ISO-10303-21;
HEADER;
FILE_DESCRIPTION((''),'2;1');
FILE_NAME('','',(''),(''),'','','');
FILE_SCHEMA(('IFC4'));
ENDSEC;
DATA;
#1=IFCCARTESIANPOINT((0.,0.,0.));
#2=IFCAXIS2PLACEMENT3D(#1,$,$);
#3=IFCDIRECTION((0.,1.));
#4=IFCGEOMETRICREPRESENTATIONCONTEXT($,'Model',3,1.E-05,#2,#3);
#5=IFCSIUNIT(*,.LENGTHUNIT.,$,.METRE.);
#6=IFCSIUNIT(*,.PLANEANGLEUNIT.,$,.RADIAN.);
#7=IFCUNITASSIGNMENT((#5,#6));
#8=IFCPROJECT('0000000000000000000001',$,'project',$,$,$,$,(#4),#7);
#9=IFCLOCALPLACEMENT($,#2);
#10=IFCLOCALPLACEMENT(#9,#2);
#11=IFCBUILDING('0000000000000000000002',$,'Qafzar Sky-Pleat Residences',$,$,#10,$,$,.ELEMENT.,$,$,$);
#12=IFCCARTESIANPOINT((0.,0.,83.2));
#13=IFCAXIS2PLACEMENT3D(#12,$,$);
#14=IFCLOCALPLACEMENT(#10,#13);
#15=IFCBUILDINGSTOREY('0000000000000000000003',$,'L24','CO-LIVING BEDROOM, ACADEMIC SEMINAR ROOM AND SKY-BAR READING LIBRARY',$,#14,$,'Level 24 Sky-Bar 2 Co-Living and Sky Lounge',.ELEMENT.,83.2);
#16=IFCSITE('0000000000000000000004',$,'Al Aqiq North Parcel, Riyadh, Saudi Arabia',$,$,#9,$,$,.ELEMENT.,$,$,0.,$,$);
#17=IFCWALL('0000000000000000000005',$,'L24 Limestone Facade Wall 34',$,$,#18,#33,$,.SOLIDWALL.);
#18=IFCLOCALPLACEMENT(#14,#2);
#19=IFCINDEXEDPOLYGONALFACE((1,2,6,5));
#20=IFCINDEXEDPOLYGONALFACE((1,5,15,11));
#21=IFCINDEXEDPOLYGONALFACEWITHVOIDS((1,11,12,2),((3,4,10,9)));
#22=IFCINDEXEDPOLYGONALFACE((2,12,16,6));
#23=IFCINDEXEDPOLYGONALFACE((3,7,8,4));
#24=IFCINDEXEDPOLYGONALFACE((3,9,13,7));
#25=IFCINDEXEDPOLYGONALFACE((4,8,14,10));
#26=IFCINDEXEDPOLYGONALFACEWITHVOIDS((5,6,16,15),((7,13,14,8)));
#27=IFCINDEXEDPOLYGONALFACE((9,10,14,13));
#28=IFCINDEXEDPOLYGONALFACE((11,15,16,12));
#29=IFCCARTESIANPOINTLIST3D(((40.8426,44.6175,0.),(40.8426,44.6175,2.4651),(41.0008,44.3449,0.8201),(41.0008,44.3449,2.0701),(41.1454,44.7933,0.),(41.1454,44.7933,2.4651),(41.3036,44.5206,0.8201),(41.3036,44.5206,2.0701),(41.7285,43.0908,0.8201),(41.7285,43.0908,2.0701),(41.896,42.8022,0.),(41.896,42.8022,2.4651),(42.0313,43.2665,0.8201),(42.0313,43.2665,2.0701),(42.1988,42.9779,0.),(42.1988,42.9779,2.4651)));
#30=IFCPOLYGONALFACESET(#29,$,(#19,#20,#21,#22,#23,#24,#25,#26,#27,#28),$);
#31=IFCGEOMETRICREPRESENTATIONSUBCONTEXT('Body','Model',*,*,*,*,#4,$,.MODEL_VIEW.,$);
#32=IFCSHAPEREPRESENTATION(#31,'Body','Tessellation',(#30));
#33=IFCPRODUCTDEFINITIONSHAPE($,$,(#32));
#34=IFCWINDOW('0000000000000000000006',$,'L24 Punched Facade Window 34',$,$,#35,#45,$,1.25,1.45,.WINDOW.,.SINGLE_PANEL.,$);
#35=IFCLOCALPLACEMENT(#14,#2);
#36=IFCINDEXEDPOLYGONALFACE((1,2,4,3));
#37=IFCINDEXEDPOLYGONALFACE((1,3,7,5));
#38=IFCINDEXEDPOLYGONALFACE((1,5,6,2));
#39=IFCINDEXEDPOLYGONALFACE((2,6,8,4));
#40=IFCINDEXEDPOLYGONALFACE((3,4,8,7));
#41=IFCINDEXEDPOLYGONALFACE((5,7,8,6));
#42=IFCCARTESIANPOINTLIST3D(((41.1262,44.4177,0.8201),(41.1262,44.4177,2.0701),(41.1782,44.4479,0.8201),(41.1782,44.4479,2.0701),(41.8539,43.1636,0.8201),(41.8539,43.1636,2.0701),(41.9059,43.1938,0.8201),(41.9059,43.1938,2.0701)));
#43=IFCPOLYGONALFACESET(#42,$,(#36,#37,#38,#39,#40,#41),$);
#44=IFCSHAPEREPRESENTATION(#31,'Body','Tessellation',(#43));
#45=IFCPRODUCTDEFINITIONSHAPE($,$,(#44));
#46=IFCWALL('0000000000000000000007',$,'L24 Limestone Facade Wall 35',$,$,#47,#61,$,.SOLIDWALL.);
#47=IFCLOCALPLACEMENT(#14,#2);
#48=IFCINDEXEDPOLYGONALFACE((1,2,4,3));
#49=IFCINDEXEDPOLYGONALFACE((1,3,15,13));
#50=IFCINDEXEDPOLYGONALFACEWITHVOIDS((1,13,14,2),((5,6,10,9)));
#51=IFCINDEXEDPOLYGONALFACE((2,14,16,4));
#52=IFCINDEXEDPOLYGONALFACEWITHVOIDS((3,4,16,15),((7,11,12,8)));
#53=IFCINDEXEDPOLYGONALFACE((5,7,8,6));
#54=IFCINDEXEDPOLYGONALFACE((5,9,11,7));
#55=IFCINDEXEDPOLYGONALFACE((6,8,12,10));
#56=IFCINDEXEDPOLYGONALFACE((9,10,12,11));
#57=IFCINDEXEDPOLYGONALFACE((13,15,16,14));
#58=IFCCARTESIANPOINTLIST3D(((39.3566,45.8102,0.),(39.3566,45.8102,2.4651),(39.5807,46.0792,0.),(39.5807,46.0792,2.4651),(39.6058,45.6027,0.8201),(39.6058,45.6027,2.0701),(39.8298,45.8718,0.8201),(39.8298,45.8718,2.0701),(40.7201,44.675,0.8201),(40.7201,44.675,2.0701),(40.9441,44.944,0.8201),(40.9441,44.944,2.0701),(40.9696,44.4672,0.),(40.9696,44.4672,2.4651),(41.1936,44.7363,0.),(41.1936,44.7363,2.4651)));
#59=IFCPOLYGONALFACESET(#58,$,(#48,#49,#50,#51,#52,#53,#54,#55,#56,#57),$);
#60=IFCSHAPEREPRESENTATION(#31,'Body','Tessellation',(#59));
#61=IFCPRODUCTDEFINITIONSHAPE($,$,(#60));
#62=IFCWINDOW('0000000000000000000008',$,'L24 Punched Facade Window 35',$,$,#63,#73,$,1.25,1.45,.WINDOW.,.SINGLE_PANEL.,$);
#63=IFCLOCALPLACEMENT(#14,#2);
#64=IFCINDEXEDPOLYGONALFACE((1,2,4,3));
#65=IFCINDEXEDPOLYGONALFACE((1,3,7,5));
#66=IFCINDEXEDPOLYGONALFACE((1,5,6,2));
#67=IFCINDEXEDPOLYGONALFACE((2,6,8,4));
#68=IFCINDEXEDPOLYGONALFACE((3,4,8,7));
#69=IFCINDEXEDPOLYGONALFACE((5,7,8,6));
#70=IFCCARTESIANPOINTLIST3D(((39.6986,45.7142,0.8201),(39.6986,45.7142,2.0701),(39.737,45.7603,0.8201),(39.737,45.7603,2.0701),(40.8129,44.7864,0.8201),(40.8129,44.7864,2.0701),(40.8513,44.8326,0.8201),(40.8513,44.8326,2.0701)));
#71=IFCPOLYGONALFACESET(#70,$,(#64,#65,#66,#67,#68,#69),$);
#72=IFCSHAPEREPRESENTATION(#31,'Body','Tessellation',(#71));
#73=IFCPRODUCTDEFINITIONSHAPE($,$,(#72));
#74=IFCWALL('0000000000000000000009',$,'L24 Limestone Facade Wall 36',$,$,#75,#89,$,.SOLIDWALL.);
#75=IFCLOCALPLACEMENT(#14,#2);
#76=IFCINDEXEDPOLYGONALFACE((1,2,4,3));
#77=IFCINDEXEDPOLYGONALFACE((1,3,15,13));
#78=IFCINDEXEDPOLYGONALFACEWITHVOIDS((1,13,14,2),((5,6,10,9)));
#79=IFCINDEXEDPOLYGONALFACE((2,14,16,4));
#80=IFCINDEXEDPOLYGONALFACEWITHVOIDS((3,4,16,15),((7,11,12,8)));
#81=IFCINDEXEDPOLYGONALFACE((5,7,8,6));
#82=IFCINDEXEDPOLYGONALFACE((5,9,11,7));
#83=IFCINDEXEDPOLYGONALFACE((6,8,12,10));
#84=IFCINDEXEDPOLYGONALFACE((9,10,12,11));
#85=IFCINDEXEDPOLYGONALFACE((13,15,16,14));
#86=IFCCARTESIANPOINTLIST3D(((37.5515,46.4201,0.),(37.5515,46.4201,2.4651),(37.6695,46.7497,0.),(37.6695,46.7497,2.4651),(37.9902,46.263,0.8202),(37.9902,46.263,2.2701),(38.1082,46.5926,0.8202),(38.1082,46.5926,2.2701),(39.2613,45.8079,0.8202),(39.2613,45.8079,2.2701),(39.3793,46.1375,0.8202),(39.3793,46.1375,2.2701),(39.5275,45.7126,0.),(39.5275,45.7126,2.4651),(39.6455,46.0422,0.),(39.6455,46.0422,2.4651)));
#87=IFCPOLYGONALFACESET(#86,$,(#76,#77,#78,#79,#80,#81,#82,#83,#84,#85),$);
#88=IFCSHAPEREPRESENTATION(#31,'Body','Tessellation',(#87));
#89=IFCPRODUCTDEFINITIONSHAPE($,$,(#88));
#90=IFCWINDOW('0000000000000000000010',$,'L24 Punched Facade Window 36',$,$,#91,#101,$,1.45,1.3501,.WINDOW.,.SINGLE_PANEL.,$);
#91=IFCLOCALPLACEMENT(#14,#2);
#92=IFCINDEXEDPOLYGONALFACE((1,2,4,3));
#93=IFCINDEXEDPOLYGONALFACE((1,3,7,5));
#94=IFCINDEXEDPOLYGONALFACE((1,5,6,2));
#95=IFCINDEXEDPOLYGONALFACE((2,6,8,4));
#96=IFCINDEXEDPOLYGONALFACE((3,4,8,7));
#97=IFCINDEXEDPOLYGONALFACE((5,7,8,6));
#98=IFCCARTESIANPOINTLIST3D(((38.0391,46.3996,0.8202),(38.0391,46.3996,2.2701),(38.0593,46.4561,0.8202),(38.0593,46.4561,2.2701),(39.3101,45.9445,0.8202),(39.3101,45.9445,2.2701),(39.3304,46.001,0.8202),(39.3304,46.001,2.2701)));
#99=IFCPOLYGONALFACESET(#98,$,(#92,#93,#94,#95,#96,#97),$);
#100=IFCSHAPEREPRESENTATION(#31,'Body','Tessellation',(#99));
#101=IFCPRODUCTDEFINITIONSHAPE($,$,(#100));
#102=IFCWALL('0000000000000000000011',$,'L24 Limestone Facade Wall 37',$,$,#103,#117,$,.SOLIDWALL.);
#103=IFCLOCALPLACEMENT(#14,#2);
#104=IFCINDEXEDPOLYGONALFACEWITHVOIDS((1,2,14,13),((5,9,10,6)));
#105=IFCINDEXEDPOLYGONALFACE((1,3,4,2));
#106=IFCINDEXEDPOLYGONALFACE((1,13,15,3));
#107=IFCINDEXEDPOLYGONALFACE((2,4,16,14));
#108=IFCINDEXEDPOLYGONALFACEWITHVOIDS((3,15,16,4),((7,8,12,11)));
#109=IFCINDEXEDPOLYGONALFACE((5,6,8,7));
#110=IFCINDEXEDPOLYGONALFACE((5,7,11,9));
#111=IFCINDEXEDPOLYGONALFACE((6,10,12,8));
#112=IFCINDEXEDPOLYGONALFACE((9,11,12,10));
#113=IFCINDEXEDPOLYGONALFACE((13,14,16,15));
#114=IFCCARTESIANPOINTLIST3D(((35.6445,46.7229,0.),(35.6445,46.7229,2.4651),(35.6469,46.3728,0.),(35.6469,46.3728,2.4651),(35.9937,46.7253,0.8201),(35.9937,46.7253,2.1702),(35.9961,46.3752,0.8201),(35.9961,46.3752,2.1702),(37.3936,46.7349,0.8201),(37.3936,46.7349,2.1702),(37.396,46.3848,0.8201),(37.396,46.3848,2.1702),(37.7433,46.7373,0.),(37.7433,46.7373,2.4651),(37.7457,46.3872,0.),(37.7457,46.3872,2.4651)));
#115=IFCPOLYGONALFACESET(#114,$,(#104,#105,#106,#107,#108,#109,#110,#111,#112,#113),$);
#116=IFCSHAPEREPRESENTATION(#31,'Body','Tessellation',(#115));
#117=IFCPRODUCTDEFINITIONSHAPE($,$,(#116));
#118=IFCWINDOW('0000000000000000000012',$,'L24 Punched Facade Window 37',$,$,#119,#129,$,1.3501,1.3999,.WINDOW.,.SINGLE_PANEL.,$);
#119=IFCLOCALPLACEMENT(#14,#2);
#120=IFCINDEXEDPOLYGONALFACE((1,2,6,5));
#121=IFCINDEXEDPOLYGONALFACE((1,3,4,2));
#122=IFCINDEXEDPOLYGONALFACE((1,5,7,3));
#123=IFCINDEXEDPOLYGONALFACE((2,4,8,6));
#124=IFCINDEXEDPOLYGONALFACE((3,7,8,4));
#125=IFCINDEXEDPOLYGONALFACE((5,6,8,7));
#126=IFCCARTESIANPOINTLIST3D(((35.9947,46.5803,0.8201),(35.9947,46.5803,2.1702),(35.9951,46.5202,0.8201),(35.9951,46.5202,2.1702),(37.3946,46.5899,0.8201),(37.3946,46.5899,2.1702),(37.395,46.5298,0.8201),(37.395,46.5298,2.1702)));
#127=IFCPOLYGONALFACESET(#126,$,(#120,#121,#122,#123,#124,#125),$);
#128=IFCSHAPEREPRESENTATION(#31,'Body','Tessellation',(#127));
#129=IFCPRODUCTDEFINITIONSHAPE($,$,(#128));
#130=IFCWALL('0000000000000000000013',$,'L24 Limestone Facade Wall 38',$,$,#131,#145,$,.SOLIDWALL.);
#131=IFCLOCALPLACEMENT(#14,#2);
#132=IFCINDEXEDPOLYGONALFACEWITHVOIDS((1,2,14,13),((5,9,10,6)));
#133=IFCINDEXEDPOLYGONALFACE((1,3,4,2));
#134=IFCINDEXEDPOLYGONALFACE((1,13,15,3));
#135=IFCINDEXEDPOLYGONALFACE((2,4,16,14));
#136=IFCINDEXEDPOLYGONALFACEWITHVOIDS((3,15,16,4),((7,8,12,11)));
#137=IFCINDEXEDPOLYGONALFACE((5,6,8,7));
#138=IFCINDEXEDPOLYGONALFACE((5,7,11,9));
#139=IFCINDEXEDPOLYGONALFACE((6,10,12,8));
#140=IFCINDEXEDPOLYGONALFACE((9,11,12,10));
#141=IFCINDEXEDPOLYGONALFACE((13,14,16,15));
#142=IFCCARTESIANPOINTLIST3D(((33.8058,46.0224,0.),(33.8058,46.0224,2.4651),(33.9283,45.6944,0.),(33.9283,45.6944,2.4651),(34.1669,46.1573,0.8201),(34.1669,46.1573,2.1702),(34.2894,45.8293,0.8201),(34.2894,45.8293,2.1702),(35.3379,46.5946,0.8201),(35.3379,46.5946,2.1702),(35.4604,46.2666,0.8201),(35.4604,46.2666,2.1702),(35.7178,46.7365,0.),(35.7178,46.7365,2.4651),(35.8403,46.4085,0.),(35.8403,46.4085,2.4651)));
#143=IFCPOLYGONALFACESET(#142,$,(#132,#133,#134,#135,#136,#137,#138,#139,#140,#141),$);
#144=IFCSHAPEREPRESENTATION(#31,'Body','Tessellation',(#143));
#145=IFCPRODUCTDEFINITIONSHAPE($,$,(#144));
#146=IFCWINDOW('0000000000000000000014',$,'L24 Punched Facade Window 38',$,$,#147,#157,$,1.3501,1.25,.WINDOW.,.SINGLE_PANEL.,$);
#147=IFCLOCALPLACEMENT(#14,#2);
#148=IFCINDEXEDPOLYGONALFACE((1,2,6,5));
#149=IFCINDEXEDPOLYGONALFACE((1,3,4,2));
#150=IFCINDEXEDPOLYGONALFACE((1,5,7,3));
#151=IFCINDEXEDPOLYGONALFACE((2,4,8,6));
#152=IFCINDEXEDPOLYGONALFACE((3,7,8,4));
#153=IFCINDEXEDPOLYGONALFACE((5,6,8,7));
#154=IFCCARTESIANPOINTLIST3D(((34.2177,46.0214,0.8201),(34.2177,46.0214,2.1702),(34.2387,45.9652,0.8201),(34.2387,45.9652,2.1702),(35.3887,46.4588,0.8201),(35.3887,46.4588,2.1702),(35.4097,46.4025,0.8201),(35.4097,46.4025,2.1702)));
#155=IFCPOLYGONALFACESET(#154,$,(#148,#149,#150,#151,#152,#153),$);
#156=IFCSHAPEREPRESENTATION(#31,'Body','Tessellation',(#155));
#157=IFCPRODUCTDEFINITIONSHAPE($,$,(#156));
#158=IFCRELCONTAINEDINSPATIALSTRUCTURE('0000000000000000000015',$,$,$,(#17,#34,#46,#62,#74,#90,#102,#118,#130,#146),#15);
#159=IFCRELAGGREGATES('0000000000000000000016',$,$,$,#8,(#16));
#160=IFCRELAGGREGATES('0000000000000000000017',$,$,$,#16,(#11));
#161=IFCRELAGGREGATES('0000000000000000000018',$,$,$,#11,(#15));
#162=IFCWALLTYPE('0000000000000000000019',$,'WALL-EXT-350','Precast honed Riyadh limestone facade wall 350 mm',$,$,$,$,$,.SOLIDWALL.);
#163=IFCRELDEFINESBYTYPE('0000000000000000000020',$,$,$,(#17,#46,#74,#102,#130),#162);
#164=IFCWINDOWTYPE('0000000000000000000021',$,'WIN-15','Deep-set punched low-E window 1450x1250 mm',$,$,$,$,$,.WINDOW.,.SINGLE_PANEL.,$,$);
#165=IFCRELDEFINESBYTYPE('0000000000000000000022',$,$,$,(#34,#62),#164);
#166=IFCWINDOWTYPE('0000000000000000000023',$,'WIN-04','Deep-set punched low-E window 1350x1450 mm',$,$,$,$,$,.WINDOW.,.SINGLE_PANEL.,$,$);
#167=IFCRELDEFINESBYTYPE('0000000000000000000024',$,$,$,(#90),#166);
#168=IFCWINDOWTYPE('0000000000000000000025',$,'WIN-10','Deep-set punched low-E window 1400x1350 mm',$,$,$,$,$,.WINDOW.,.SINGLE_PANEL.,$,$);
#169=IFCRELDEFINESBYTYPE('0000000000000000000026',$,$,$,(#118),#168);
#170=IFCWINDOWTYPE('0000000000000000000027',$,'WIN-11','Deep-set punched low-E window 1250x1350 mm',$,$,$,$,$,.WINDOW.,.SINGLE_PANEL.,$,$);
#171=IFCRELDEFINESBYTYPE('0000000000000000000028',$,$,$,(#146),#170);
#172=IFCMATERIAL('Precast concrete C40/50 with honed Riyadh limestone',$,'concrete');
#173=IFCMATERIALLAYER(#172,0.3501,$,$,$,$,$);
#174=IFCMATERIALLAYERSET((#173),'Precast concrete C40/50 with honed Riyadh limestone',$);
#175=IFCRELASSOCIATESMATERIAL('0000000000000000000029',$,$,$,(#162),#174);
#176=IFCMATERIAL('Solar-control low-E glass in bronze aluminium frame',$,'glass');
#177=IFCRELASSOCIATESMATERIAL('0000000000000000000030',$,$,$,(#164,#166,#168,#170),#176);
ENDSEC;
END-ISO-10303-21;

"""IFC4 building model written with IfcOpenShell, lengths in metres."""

from ifc_helpers import new_model, si_unit, direction, frame, frame_2d, origin, place, context, subcontext, project, spatial, rectangle, extrude, source, transform, mapped, material, layer, layer_set, type_object, element, fill, save


model = new_model("IFC4")

# Units and contexts
model_context = context("Model", 3, precision=1e-05, world=origin(), true_north=direction((0.0, 1.0)))
body_context = subcontext(model_context, "Body", "Model", "MODEL_VIEW")
ifc_project = project(units=[si_unit("LENGTHUNIT", "METRE"), si_unit("PLANEANGLEUNIT", "RADIAN")], contexts=[model_context])

# Site, building, storey
site_placement = place(None, origin())
site = spatial("IfcSite", under=ifc_project, at=site_placement, Name="Al Aqiq North Parcel, Riyadh, Saudi Arabia", CompositionType="ELEMENT", RefElevation=0.0)
building_placement = place(site_placement, origin())
building = spatial("IfcBuilding", under=site, at=building_placement, Name="Qafzar Sky-Pleat Residences", CompositionType="ELEMENT")
storey_placement = place(building_placement, frame((0.0, 0.0, 83.2)))
storey = spatial("IfcBuildingStorey", under=building, at=storey_placement, Name="L24", Description="CO-LIVING BEDROOM, ACADEMIC SEMINAR ROOM AND SKY-BAR READING LIBRARY", LongName="Level 24 Sky-Bar 2 Co-Living and Sky Lounge", CompositionType="ELEMENT", Elevation=83.2)

# Walls, openings, windows
ifc_material_1 = material(Name="Precast concrete C40/50 with honed Riyadh limestone", Category="concrete")
ifc_layer_1 = layer(ifc_material_1, 0.3501)
ifc_layer_set_1 = layer_set([ifc_layer_1], Name="Precast concrete C40/50 with honed Riyadh limestone")
wall_type_1 = type_object("IfcWallType", Name="WALL-EXT-350", Description="Precast honed Riyadh limestone facade wall 350 mm", PredefinedType="SOLIDWALL", material=ifc_layer_set_1)
ifc_material_2 = material(Name="Solar-control low-E glass in bronze aluminium frame", Category="glass")
wall_1_placement = place(storey_placement, frame((42.0474, 42.8901, 0.0), z_axis=(0.0, 0.0, 1.0), x_axis=(-0.501903, 0.864924, 0.0)))
wall_1 = element("IfcWall", 1, at=wall_1_placement, inside=storey, type_object=wall_type_1, Name="L24 Limestone Facade Wall 34", PredefinedType="SOLIDWALL", context=body_context, shape_type="SweptSolid", body=[
    extrude(rectangle(XDim=2.0989, YDim=0.3501, at=frame_2d((1.0493, 0.0))), origin(), (0.0, 0.0, 1.0), 2.4651),
])
opening_1_placement = place(wall_1_placement, frame((0.3335, 0.0, 0.8201)))
opening_1 = element("IfcOpeningElement", 2, at=opening_1_placement, cuts=wall_1, PredefinedType="OPENING", context=body_context, shape_type="SweptSolid", body=[
    extrude(rectangle(XDim=1.45, YDim=1.25, at=frame_2d((0.7251, 0.625))), frame((0.0, 0.1851, 0.0), z_axis=(0.0, -1.0, 0.0), x_axis=(1.0, 0.0, 0.0)), (0.0, 0.0, 1.0), 0.3701),
])
window_type_1 = type_object("IfcWindowType", Name="WIN-15", Description="Deep-set punched low-E window 1450x1250 mm", PartitioningType="SINGLE_PANEL", PredefinedType="WINDOW", material=ifc_material_2)
shared_shape_1 = source(origin(), body_context, "Body", "SweptSolid", [
    extrude(rectangle(XDim=1.45, YDim=1.25, at=frame_2d((0.7251, 0.625))), frame((0.0, 0.03, 0.0), z_axis=(0.0, -1.0, 0.0), x_axis=(1.0, 0.0, 0.0)), (0.0, 0.0, 1.0), 0.0601),
])
window_1_placement = place(opening_1_placement, origin())
window_1 = element("IfcWindow", 3, at=window_1_placement, inside=storey, type_object=window_type_1, Name="L24 Punched Facade Window 34", OverallHeight=1.25, OverallWidth=1.45, PartitioningType="SINGLE_PANEL", PredefinedType="WINDOW", context=body_context, shape_type="MappedRepresentation", body=[
    mapped(shared_shape_1, transform((0.0, 0.0, 0.0), x_axis=(1.0, 0.0, 0.0), y_axis=(0.0, 1.0, 0.0), z_axis=(0.0, 0.0, 1.0), scale=1.0)),
])
fill(opening_1, window_1)
wall_2_placement = place(storey_placement, frame((41.0815, 44.6018, 0.0), z_axis=(0.0, 0.0, 1.0), x_axis=(-0.768498, 0.639853, 0.0)))
wall_2 = element("IfcWall", 4, at=wall_2_placement, inside=storey, type_object=wall_type_1, Name="L24 Limestone Facade Wall 35", PredefinedType="SOLIDWALL", context=body_context, shape_type="SweptSolid", body=[
    extrude(rectangle(XDim=2.0989, YDim=0.3501, at=frame_2d((1.0493, 0.0))), origin(), (0.0, 0.0, 1.0), 2.4651),
])
opening_2_placement = place(wall_2_placement, frame((0.3245, 0.0, 0.8201)))
opening_2 = element("IfcOpeningElement", 5, at=opening_2_placement, cuts=wall_2, PredefinedType="OPENING", context=body_context, shape_type="SweptSolid", body=[
    extrude(rectangle(XDim=1.45, YDim=1.25, at=frame_2d((0.7251, 0.625))), frame((0.0, 0.1851, 0.0), z_axis=(0.0, -1.0, 0.0), x_axis=(1.0, 0.0, 0.0)), (0.0, 0.0, 1.0), 0.3701),
])
window_2_placement = place(opening_2_placement, origin())
window_2 = element("IfcWindow", 6, at=window_2_placement, inside=storey, type_object=window_type_1, Name="L24 Punched Facade Window 35", OverallHeight=1.25, OverallWidth=1.45, PartitioningType="SINGLE_PANEL", PredefinedType="WINDOW", context=body_context, shape_type="MappedRepresentation", body=[
    mapped(shared_shape_1, transform((0.0, 0.0, 0.0), x_axis=(1.0, 0.0, 0.0), y_axis=(0.0, 1.0, 0.0), z_axis=(0.0, 0.0, 1.0), scale=1.0)),
])
fill(opening_2, window_2)
wall_3_placement = place(storey_placement, frame((39.5864, 45.8774, 0.0), z_axis=(0.0, 0.0, 1.0), x_axis=(-0.941473, 0.337088, 0.0)))
wall_3 = element("IfcWall", 7, at=wall_3_placement, inside=storey, type_object=wall_type_1, Name="L24 Limestone Facade Wall 36", PredefinedType="SOLIDWALL", context=body_context, shape_type="SweptSolid", body=[
    extrude(rectangle(XDim=2.0989, YDim=0.3501, at=frame_2d((1.0493, 0.0))), origin(), (0.0, 0.0, 1.0), 2.4651),
])
opening_3_placement = place(wall_3_placement, frame((0.2827, 0.0, 0.8201)))
opening_3 = element("IfcOpeningElement", 8, at=opening_3_placement, cuts=wall_3, PredefinedType="OPENING", context=body_context, shape_type="SweptSolid", body=[
    extrude(rectangle(XDim=1.3501, YDim=1.45, at=frame_2d((0.675, 0.7251))), frame((0.0, 0.1851, 0.0), z_axis=(0.0, -1.0, 0.0), x_axis=(1.0, 0.0, 0.0)), (0.0, 0.0, 1.0), 0.3701),
])
window_type_2 = type_object("IfcWindowType", Name="WIN-04", Description="Deep-set punched low-E window 1350x1450 mm", PartitioningType="SINGLE_PANEL", PredefinedType="WINDOW", material=ifc_material_2)
shared_shape_2 = source(origin(), body_context, "Body", "SweptSolid", [
    extrude(rectangle(XDim=1.3501, YDim=1.45, at=frame_2d((0.675, 0.7251))), frame((0.0, 0.03, 0.0), z_axis=(0.0, -1.0, 0.0), x_axis=(1.0, 0.0, 0.0)), (0.0, 0.0, 1.0), 0.0601),
])
window_3_placement = place(opening_3_placement, origin())
window_3 = element("IfcWindow", 9, at=window_3_placement, inside=storey, type_object=window_type_2, Name="L24 Punched Facade Window 36", OverallHeight=1.45, OverallWidth=1.3501, PartitioningType="SINGLE_PANEL", PredefinedType="WINDOW", context=body_context, shape_type="MappedRepresentation", body=[
    mapped(shared_shape_2, transform((0.0, 0.0, 0.0), x_axis=(1.0, 0.0, 0.0), y_axis=(0.0, 1.0, 0.0), z_axis=(0.0, 0.0, 1.0), scale=1.0)),
])
fill(opening_3, window_3)
wall_4_placement = place(storey_placement, frame((37.7444, 46.5623, 0.0), z_axis=(0.0, 0.0, 1.0), x_axis=(-0.999976, -0.006863, 0.0)))
wall_4 = element("IfcWall", 10, at=wall_4_placement, inside=storey, type_object=wall_type_1, Name="L24 Limestone Facade Wall 37", PredefinedType="SOLIDWALL", context=body_context, shape_type="SweptSolid", body=[
    extrude(rectangle(XDim=2.0989, YDim=0.3501, at=frame_2d((1.0493, 0.0))), origin(), (0.0, 0.0, 1.0), 2.4651),
])
opening_4_placement = place(wall_4_placement, frame((0.3496, 0.0, 0.8201)))
opening_4 = element("IfcOpeningElement", 11, at=opening_4_placement, cuts=wall_4, PredefinedType="OPENING", context=body_context, shape_type="SweptSolid", body=[
    extrude(rectangle(XDim=1.3999, YDim=1.3501, at=frame_2d((0.7, 0.675))), frame((0.0, 0.1851, 0.0), z_axis=(0.0, -1.0, 0.0), x_axis=(1.0, 0.0, 0.0)), (0.0, 0.0, 1.0), 0.3701),
])
window_type_3 = type_object("IfcWindowType", Name="WIN-10", Description="Deep-set punched low-E window 1400x1350 mm", PartitioningType="SINGLE_PANEL", PredefinedType="WINDOW", material=ifc_material_2)
shared_shape_3 = source(origin(), body_context, "Body", "SweptSolid", [
    extrude(rectangle(XDim=1.3999, YDim=1.3501, at=frame_2d((0.7, 0.675))), frame((0.0, 0.03, 0.0), z_axis=(0.0, -1.0, 0.0), x_axis=(1.0, 0.0, 0.0)), (0.0, 0.0, 1.0), 0.0601),
])
window_4_placement = place(opening_4_placement, origin())
window_4 = element("IfcWindow", 12, at=window_4_placement, inside=storey, type_object=window_type_3, Name="L24 Punched Facade Window 37", OverallHeight=1.3501, OverallWidth=1.3999, PartitioningType="SINGLE_PANEL", PredefinedType="WINDOW", context=body_context, shape_type="MappedRepresentation", body=[
    mapped(shared_shape_3, transform((0.0, 0.0, 0.0), x_axis=(1.0, 0.0, 0.0), y_axis=(0.0, 1.0, 0.0), z_axis=(0.0, 0.0, 1.0), scale=1.0)),
])
fill(opening_4, window_4)
wall_5_placement = place(storey_placement, frame((35.7791, 46.5725, 0.0), z_axis=(0.0, 0.0, 1.0), x_axis=(-0.9368, -0.349865, 0.0)))
wall_5 = element("IfcWall", 13, at=wall_5_placement, inside=storey, type_object=wall_type_1, Name="L24 Limestone Facade Wall 38", PredefinedType="SOLIDWALL", context=body_context, shape_type="SweptSolid", body=[
    extrude(rectangle(XDim=2.041, YDim=0.3501, at=frame_2d((1.0205, 0.0))), origin(), (0.0, 0.0, 1.0), 2.4651),
])
opening_5_placement = place(wall_5_placement, frame((0.4055, 0.0, 0.8201)))
opening_5 = element("IfcOpeningElement", 14, at=opening_5_placement, cuts=wall_5, PredefinedType="OPENING", context=body_context, shape_type="SweptSolid", body=[
    extrude(rectangle(XDim=1.25, YDim=1.3501, at=frame_2d((0.625, 0.675))), frame((0.0, 0.1851, 0.0), z_axis=(0.0, -1.0, 0.0), x_axis=(1.0, 0.0, 0.0)), (0.0, 0.0, 1.0), 0.3701),
])
window_type_4 = type_object("IfcWindowType", Name="WIN-11", Description="Deep-set punched low-E window 1250x1350 mm", PartitioningType="SINGLE_PANEL", PredefinedType="WINDOW", material=ifc_material_2)
shared_shape_4 = source(origin(), body_context, "Body", "SweptSolid", [
    extrude(rectangle(XDim=1.25, YDim=1.3501, at=frame_2d((0.625, 0.675))), frame((0.0, 0.03, 0.0), z_axis=(0.0, -1.0, 0.0), x_axis=(1.0, 0.0, 0.0)), (0.0, 0.0, 1.0), 0.0601),
])
window_5_placement = place(opening_5_placement, origin())
window_5 = element("IfcWindow", 15, at=window_5_placement, inside=storey, type_object=window_type_4, Name="L24 Punched Facade Window 38", OverallHeight=1.3501, OverallWidth=1.25, PartitioningType="SINGLE_PANEL", PredefinedType="WINDOW", context=body_context, shape_type="MappedRepresentation", body=[
    mapped(shared_shape_4, transform((0.0, 0.0, 0.0), x_axis=(1.0, 0.0, 0.0), y_axis=(0.0, 1.0, 0.0), z_axis=(0.0, 0.0, 1.0), scale=1.0)),
])
fill(opening_5, window_5)

save(model, "model.ifc")
